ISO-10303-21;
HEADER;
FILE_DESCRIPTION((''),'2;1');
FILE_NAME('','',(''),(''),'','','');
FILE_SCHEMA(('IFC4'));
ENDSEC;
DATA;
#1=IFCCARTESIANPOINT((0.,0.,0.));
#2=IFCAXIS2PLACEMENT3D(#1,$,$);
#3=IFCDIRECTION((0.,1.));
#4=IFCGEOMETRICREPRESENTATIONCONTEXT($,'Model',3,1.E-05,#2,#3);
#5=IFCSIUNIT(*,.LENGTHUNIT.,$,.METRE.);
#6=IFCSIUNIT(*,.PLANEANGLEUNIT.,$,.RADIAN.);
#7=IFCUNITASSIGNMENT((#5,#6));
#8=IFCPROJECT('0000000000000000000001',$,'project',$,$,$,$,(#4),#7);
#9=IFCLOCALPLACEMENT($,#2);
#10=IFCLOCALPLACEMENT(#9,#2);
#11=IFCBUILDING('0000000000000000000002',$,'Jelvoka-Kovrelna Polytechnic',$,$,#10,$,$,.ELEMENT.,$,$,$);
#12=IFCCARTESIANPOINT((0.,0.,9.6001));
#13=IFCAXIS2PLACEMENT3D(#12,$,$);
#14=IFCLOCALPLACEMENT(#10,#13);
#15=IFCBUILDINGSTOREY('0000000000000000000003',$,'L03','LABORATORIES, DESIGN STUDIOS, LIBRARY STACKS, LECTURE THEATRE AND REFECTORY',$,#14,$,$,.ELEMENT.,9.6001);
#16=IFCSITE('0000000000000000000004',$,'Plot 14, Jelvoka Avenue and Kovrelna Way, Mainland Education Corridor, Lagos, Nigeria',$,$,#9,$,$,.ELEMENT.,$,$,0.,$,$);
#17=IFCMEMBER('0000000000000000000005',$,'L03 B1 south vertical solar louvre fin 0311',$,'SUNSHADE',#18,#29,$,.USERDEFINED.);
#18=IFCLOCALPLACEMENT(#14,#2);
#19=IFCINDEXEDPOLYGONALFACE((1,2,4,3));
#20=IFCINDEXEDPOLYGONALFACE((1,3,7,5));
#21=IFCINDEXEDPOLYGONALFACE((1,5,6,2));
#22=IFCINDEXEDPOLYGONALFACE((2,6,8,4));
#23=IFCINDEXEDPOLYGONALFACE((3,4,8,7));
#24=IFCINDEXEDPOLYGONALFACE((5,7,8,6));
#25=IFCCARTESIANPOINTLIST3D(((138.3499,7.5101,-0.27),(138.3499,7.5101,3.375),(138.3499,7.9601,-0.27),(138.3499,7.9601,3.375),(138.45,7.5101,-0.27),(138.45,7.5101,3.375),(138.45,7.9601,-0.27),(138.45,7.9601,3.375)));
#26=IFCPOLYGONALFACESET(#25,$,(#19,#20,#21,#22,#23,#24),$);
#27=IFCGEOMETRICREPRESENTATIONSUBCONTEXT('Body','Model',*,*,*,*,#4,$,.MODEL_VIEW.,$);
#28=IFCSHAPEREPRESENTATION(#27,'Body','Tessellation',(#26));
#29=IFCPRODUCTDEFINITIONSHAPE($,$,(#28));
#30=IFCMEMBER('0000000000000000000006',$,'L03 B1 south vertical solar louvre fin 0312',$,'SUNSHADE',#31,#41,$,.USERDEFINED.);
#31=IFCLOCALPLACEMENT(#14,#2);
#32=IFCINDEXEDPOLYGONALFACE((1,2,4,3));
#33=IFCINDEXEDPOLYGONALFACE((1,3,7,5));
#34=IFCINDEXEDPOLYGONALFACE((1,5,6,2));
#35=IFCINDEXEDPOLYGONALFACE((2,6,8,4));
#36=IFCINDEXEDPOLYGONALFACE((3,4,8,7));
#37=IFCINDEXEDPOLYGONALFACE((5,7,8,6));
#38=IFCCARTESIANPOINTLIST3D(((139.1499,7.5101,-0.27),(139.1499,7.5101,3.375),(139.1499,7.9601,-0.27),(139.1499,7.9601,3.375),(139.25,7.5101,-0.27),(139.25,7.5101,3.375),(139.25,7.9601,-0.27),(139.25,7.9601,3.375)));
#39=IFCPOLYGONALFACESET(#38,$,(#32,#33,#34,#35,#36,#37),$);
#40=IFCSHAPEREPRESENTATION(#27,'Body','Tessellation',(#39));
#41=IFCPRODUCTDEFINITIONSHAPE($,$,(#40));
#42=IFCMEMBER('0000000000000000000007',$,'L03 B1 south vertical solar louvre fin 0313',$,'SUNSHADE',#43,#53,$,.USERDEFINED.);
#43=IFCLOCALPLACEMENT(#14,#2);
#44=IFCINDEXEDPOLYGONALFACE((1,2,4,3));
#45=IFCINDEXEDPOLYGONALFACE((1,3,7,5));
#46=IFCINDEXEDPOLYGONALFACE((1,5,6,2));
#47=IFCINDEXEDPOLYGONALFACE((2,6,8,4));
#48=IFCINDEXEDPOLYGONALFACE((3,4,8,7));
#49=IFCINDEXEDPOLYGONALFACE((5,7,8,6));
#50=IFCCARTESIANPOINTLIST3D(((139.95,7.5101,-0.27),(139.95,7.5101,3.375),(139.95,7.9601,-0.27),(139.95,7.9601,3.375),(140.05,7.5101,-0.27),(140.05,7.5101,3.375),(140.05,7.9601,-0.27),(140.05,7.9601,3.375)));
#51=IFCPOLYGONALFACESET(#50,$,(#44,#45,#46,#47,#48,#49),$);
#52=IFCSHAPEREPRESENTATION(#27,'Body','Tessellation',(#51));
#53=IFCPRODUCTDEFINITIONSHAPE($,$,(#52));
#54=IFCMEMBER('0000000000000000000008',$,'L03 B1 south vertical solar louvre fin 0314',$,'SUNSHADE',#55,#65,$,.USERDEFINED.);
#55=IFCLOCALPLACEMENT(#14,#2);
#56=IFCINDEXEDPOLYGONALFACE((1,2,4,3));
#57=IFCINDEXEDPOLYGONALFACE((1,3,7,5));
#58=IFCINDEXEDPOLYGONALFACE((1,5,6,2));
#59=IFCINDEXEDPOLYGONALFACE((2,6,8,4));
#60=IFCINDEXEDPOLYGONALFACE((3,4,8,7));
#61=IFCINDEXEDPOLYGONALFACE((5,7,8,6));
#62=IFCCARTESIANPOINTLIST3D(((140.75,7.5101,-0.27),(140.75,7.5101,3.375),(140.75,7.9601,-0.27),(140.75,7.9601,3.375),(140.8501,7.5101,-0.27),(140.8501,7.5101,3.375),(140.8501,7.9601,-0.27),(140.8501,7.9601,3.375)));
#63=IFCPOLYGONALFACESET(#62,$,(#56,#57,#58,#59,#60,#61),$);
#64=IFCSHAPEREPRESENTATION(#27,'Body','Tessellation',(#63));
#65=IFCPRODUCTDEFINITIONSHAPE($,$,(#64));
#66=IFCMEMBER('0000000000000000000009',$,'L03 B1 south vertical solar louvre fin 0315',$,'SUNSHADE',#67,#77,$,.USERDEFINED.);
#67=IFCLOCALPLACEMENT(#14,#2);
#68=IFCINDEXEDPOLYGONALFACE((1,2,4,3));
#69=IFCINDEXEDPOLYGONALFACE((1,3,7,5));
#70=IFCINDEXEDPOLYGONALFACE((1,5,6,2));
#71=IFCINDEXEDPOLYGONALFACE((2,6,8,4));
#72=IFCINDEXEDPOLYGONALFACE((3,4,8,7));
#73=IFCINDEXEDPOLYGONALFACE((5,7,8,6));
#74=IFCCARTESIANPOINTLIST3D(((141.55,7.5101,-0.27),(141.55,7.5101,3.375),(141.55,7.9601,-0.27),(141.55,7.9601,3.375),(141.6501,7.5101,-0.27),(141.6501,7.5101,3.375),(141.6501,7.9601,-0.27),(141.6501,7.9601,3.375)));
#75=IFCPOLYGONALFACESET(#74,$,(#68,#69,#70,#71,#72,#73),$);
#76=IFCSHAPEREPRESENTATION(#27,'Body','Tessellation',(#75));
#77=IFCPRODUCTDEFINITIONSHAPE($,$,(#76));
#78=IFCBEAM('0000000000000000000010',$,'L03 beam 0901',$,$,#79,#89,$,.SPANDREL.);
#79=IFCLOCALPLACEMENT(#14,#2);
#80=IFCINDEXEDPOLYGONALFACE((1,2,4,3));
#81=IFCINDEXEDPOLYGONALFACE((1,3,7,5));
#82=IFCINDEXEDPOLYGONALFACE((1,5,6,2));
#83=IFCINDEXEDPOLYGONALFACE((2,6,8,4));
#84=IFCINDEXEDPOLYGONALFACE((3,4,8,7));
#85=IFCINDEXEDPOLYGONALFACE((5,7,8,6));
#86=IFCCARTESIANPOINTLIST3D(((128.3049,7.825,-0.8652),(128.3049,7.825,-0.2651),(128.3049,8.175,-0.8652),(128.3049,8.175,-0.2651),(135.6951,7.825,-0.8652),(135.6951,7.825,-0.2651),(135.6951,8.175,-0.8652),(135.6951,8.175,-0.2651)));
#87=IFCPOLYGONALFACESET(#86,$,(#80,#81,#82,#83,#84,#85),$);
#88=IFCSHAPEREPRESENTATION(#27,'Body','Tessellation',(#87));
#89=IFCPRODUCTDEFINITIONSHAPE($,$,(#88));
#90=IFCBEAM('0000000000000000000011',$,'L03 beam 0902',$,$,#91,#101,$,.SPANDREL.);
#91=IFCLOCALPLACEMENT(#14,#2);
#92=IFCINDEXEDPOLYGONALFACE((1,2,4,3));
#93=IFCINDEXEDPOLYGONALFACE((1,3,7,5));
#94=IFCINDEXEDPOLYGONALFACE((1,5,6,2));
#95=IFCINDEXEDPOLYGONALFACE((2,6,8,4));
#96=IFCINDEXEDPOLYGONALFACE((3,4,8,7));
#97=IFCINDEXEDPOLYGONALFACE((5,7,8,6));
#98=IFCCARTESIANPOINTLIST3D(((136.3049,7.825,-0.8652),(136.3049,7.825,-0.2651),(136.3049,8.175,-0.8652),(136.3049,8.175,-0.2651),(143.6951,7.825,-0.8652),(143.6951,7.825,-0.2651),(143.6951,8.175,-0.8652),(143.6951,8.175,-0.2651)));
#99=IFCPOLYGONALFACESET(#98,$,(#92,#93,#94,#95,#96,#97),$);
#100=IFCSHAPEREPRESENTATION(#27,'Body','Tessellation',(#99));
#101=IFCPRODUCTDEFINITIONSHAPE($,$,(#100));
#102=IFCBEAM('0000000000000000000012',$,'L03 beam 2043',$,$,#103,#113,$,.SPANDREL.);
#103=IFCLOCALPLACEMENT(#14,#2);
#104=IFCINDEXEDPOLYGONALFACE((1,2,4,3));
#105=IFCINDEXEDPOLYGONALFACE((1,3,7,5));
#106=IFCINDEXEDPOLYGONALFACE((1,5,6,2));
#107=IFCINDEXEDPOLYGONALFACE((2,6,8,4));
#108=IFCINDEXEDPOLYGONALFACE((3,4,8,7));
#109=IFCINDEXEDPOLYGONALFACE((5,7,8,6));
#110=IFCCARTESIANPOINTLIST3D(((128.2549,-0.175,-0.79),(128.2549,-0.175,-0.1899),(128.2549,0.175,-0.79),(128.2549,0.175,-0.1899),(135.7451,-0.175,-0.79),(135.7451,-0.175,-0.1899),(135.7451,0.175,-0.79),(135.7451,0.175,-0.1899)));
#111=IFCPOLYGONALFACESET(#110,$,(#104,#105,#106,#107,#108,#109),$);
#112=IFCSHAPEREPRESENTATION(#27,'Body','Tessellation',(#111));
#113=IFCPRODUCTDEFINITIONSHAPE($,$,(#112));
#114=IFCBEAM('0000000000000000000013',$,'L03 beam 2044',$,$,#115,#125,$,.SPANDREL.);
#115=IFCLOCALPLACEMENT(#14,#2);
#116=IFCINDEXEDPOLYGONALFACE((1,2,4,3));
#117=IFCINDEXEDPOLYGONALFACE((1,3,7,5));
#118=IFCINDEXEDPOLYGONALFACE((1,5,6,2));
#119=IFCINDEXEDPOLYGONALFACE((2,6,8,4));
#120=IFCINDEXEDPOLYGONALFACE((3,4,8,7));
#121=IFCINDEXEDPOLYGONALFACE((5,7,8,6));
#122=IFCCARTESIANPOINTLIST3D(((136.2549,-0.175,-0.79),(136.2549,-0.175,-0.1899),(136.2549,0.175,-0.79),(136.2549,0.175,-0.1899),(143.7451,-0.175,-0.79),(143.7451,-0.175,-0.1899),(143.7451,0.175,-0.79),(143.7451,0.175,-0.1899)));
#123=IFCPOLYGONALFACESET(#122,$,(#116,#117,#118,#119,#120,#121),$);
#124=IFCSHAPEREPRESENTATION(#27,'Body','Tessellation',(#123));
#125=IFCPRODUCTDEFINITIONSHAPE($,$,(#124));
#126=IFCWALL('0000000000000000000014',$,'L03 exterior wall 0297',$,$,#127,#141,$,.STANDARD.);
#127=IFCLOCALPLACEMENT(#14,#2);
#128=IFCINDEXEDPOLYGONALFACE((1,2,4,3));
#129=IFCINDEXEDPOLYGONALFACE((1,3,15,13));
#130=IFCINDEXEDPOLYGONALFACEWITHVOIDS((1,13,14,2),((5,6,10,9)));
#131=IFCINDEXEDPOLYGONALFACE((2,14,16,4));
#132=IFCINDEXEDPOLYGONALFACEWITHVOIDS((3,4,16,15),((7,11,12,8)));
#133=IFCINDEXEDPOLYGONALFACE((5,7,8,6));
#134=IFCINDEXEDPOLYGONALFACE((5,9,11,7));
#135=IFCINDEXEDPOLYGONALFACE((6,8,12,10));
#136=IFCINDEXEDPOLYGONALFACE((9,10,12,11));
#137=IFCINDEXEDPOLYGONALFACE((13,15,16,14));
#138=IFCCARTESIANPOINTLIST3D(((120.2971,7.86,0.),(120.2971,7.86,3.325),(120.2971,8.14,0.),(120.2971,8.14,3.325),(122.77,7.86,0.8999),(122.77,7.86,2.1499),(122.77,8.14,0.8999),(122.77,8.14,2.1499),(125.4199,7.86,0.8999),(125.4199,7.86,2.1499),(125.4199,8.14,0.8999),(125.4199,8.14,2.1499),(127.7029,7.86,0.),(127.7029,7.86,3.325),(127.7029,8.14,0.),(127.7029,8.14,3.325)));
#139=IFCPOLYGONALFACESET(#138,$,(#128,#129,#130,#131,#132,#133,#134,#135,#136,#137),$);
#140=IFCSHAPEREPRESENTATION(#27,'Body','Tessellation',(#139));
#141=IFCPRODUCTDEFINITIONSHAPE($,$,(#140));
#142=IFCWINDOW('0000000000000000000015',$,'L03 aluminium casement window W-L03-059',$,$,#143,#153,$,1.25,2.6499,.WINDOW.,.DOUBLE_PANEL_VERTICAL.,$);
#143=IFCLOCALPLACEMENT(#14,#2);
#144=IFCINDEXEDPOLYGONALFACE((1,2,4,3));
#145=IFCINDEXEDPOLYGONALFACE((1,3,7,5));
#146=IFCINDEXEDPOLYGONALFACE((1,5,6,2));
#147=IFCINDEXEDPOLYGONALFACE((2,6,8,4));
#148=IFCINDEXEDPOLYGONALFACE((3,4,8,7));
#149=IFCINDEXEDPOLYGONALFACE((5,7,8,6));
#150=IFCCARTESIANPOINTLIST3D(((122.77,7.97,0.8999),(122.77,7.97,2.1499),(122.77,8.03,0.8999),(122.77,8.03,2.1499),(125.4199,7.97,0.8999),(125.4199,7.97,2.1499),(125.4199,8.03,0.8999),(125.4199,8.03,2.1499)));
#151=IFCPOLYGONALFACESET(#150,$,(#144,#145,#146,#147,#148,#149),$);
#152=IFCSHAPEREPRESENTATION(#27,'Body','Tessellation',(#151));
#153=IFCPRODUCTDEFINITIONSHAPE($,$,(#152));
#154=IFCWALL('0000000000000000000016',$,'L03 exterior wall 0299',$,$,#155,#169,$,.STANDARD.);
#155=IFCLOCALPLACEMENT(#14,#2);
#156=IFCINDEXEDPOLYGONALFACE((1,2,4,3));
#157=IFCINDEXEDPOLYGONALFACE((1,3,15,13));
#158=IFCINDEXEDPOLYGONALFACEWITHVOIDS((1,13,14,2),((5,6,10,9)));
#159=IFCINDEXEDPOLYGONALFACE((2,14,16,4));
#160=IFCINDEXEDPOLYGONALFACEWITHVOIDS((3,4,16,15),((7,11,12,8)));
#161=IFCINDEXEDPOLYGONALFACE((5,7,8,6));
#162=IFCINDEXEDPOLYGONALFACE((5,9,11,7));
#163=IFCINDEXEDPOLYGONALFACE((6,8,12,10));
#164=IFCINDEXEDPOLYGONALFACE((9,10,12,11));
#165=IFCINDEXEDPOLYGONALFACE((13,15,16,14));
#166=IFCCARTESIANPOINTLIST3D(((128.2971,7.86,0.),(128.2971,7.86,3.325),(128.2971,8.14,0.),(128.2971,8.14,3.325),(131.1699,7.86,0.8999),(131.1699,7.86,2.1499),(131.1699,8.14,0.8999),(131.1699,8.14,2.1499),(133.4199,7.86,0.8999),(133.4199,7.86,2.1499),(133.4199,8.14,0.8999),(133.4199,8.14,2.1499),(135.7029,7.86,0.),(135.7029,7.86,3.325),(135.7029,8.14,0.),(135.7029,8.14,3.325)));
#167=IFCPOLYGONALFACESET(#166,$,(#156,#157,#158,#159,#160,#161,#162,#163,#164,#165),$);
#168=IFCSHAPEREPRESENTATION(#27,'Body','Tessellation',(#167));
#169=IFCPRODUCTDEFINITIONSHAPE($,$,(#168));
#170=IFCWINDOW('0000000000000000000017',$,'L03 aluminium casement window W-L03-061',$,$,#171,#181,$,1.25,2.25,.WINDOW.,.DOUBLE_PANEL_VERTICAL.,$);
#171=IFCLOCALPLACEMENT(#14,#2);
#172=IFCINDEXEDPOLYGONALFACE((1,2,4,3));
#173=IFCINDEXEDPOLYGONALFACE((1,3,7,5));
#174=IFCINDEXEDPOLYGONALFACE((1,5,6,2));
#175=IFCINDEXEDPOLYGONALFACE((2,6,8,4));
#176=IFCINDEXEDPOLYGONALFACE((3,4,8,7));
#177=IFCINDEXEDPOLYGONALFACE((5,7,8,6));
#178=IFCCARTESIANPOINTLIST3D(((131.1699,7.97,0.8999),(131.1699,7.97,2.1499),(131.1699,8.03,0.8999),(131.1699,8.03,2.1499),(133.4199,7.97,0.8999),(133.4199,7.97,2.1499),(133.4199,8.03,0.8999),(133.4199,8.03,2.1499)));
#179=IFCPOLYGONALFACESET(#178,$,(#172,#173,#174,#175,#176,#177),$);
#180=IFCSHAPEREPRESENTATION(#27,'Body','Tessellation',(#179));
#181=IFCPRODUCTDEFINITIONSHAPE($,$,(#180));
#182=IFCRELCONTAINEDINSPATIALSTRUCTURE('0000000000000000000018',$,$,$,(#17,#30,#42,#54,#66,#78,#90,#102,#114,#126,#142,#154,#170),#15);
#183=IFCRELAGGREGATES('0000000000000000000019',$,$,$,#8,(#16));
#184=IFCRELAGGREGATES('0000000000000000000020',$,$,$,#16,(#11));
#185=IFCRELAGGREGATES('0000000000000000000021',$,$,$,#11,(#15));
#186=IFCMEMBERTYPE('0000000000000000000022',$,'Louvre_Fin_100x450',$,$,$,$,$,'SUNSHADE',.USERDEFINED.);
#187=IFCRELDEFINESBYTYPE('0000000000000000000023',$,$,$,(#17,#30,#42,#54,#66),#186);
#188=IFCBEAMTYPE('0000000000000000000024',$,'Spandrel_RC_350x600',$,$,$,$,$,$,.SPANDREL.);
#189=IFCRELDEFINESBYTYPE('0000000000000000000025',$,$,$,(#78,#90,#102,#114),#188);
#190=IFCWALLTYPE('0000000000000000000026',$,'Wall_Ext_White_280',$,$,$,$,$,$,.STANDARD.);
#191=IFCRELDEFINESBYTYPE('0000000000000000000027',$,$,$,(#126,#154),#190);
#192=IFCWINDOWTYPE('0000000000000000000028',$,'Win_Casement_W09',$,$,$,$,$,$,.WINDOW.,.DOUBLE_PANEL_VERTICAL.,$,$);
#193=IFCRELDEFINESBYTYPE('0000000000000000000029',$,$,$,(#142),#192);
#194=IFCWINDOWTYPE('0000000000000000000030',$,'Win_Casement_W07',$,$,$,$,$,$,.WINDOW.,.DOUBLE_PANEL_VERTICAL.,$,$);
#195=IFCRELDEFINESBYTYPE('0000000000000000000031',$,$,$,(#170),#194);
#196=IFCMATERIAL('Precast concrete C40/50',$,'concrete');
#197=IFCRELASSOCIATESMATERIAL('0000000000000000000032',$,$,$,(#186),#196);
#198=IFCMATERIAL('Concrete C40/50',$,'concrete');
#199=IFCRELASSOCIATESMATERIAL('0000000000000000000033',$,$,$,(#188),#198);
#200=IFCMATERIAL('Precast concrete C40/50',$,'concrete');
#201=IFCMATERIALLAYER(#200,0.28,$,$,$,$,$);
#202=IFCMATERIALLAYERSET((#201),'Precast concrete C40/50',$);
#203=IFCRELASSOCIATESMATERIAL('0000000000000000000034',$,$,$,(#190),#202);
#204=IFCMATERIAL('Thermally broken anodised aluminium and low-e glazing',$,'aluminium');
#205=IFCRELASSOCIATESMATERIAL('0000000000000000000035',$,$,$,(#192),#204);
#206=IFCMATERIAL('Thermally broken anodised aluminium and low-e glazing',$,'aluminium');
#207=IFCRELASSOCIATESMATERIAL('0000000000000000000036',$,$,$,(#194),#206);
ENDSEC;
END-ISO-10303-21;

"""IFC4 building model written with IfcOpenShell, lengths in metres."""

from ifc_helpers import new_model, si_unit, direction, frame, frame_2d, origin, origin_2d, place, context, subcontext, project, spatial, rectangle, extrude, material, layer, layer_set, material_profile, profile_set, type_object, element, fill, save


model = new_model("IFC4")

# Units and contexts
model_context = context("Model", 3, precision=1e-05, world=origin(), true_north=direction((0.0, 1.0)))
body_context = subcontext(model_context, "Body", "Model", "MODEL_VIEW")
ifc_project = project(units=[si_unit("LENGTHUNIT", "METRE"), si_unit("PLANEANGLEUNIT", "RADIAN")], contexts=[model_context])

# Site, building, storey
site_placement = place(None, origin())
site = spatial("IfcSite", under=ifc_project, at=site_placement, Name="Plot 14, Jelvoka Avenue and Kovrelna Way, Mainland Education Corridor, Lagos, Nigeria", CompositionType="ELEMENT", RefElevation=0.0)
building_placement = place(site_placement, origin())
building = spatial("IfcBuilding", under=site, at=building_placement, Name="Jelvoka-Kovrelna Polytechnic", CompositionType="ELEMENT")
storey_placement = place(building_placement, frame((0.0, 0.0, 9.6001)))
storey = spatial("IfcBuildingStorey", under=building, at=storey_placement, Name="L03", Description="LABORATORIES, DESIGN STUDIOS, LIBRARY STACKS, LECTURE THEATRE AND REFECTORY", CompositionType="ELEMENT", Elevation=9.6001)

# Members
ifc_material_1 = material(Name="Precast concrete C40/50", Category="concrete")
ifc_material_profile_1 = material_profile(ifc_material_1, rectangle(XDim=0.1001, YDim=0.45, at=origin_2d()), Name="PC 100x450")
ifc_profile_set_1 = profile_set([ifc_material_profile_1], Name="Precast concrete C40/50")
member_type = type_object("IfcMemberType", Name="Louvre_Fin_100x450", ElementType="SUNSHADE", PredefinedType="USERDEFINED", material=ifc_profile_set_1)
for number, where, z_axis, x_axis, name in (
    (1, (138.3999, 7.7351, -0.27), (0.0, 0.0, 1.0), (1.0, 0.0, 0.0), "L03 B1 south vertical solar louvre fin 0311"),
    (2, (139.2, 7.7351, -0.27), (0.0, 0.0, 1.0), (1.0, 0.0, 0.0), "L03 B1 south vertical solar louvre fin 0312"),
    (3, (140.0, 7.7351, -0.27), (0.0, 0.0, 1.0), (1.0, 0.0, 0.0), "L03 B1 south vertical solar louvre fin 0313"),
    (4, (140.8, 7.7351, -0.27), (0.0, 0.0, 1.0), (1.0, 0.0, 0.0), "L03 B1 south vertical solar louvre fin 0314"),
    (5, (141.6001, 7.7351, -0.27), (0.0, 0.0, 1.0), (1.0, 0.0, 0.0), "L03 B1 south vertical solar louvre fin 0315"),
):
    element("IfcMember", number, at=place(storey_placement, frame(where, z_axis=z_axis, x_axis=x_axis)), inside=storey, type_object=member_type, Name=name, ObjectType="SUNSHADE", PredefinedType="USERDEFINED", context=body_context, shape_type="SweptSolid", body=[
        extrude(rectangle(XDim=0.1001, YDim=0.45, at=origin_2d()), origin(), (0.0, 0.0, 1.0), 3.645),
    ])

# Beams
ifc_material_2 = material(Name="Concrete C40/50", Category="concrete")
ifc_material_profile_2 = material_profile(ifc_material_2, rectangle(XDim=0.3501, YDim=0.6001, at=origin_2d()), Name="RC 350x600")
ifc_profile_set_2 = profile_set([ifc_material_profile_2], Name="Concrete C40/50")
beam_type_1 = type_object("IfcBeamType", Name="Spandrel_RC_350x600", PredefinedType="SPANDREL", material=ifc_profile_set_2)
for number, where, z_axis, x_axis, name in (
    (6, (128.3049, 8.0, -0.5652), (1.0, 0.0, 0.0), (0.0, 1.0, 0.0), "L03 beam 0901"),
    (7, (136.3049, 8.0, -0.5652), (1.0, 0.0, 0.0), (0.0, 1.0, 0.0), "L03 beam 0902"),
):
    element("IfcBeam", number, at=place(storey_placement, frame(where, z_axis=z_axis, x_axis=x_axis)), inside=storey, type_object=beam_type_1, Name=name, PredefinedType="SPANDREL", context=body_context, shape_type="SweptSolid", body=[
        extrude(rectangle(XDim=0.3501, YDim=0.6001, at=origin_2d()), origin(), (0.0, 0.0, 1.0), 7.3901),
    ])
for number, where, z_axis, x_axis, name in (
    (8, (128.2549, 0.0, -0.49), (1.0, 0.0, 0.0), (0.0, 1.0, 0.0), "L03 beam 2043"),
    (9, (136.2549, 0.0, -0.49), (1.0, 0.0, 0.0), (0.0, 1.0, 0.0), "L03 beam 2044"),
):
    element("IfcBeam", number, at=place(storey_placement, frame(where, z_axis=z_axis, x_axis=x_axis)), inside=storey, type_object=beam_type_1, Name=name, PredefinedType="SPANDREL", context=body_context, shape_type="SweptSolid", body=[
        extrude(rectangle(XDim=0.3501, YDim=0.6001, at=origin_2d()), origin(), (0.0, 0.0, 1.0), 7.4902),
    ])

# Walls, openings, windows
ifc_material_3 = material(Name="Precast concrete C40/50", Category="concrete")
ifc_layer_1 = layer(ifc_material_3, 0.28)
ifc_layer_set_1 = layer_set([ifc_layer_1], Name="Precast concrete C40/50")
wall_type_1 = type_object("IfcWallType", Name="Wall_Ext_White_280", PredefinedType="STANDARD", material=ifc_layer_set_1)
wall_1_placement = place(storey_placement, frame((127.7029, 8.0, 0.0), z_axis=(0.0, 0.0, 1.0), x_axis=(-1.0, 0.0, 0.0)))
wall_1 = element("IfcWall", 10, at=wall_1_placement, inside=storey, type_object=wall_type_1, Name="L03 exterior wall 0297", PredefinedType="STANDARD", context=body_context, shape_type="SweptSolid", body=[
    extrude(rectangle(XDim=7.4058, YDim=0.28, at=frame_2d((3.7029, 0.0))), origin(), (0.0, 0.0, 1.0), 3.325),
])
opening_1_placement = place(wall_1_placement, frame((2.283, 0.0, 0.8999)))
opening_1 = element("IfcOpeningElement", 11, at=opening_1_placement, cuts=wall_1, PredefinedType="OPENING", context=body_context, shape_type="SweptSolid", body=[
    extrude(rectangle(XDim=2.6499, YDim=1.25, at=frame_2d((1.325, 0.625))), frame((0.0, 0.1501, 0.0), z_axis=(0.0, -1.0, 0.0), x_axis=(1.0, 0.0, 0.0)), (0.0, 0.0, 1.0), 0.3),
])
ifc_material_4 = material(Name="Thermally broken anodised aluminium and low-e glazing", Category="aluminium")
window_type_1 = type_object("IfcWindowType", Name="Win_Casement_W09", PartitioningType="DOUBLE_PANEL_VERTICAL", PredefinedType="WINDOW", material=ifc_material_4)
window_1_placement = place(opening_1_placement, origin())
window_1 = element("IfcWindow", 12, at=window_1_placement, inside=storey, type_object=window_type_1, Name="L03 aluminium casement window W-L03-059", OverallHeight=1.25, OverallWidth=2.6499, PartitioningType="DOUBLE_PANEL_VERTICAL", PredefinedType="WINDOW", context=body_context, shape_type="SweptSolid", body=[
    extrude(rectangle(XDim=2.6499, YDim=1.25, at=frame_2d((1.325, 0.625))), frame((0.0, 0.03, 0.0), z_axis=(0.0, -1.0, 0.0), x_axis=(1.0, 0.0, 0.0)), (0.0, 0.0, 1.0), 0.0601),
])
fill(opening_1, window_1)
wall_2_placement = place(storey_placement, frame((135.7029, 8.0, 0.0), z_axis=(0.0, 0.0, 1.0), x_axis=(-1.0, 0.0, 0.0)))
wall_2 = element("IfcWall", 13, at=wall_2_placement, inside=storey, type_object=wall_type_1, Name="L03 exterior wall 0299", PredefinedType="STANDARD", context=body_context, shape_type="SweptSolid", body=[
    extrude(rectangle(XDim=7.4058, YDim=0.28, at=frame_2d((3.7029, 0.0))), origin(), (0.0, 0.0, 1.0), 3.325),
])
opening_2_placement = place(wall_2_placement, frame((2.283, 0.0, 0.8999)))
opening_2 = element("IfcOpeningElement", 14, at=opening_2_placement, cuts=wall_2, PredefinedType="OPENING", context=body_context, shape_type="SweptSolid", body=[
    extrude(rectangle(XDim=2.25, YDim=1.25, at=frame_2d((1.125, 0.625))), frame((0.0, 0.1501, 0.0), z_axis=(0.0, -1.0, 0.0), x_axis=(1.0, 0.0, 0.0)), (0.0, 0.0, 1.0), 0.3),
])
ifc_material_5 = material(Name="Thermally broken anodised aluminium and low-e glazing", Category="aluminium")
window_type_2 = type_object("IfcWindowType", Name="Win_Casement_W07", PartitioningType="DOUBLE_PANEL_VERTICAL", PredefinedType="WINDOW", material=ifc_material_5)
window_2_placement = place(opening_2_placement, origin())
window_2 = element("IfcWindow", 15, at=window_2_placement, inside=storey, type_object=window_type_2, Name="L03 aluminium casement window W-L03-061", OverallHeight=1.25, OverallWidth=2.25, PartitioningType="DOUBLE_PANEL_VERTICAL", PredefinedType="WINDOW", context=body_context, shape_type="SweptSolid", body=[
    extrude(rectangle(XDim=2.25, YDim=1.25, at=frame_2d((1.125, 0.625))), frame((0.0, 0.03, 0.0), z_axis=(0.0, -1.0, 0.0), x_axis=(1.0, 0.0, 0.0)), (0.0, 0.0, 1.0), 0.0601),
])
fill(opening_2, window_2)

save(model, "model.ifc")
